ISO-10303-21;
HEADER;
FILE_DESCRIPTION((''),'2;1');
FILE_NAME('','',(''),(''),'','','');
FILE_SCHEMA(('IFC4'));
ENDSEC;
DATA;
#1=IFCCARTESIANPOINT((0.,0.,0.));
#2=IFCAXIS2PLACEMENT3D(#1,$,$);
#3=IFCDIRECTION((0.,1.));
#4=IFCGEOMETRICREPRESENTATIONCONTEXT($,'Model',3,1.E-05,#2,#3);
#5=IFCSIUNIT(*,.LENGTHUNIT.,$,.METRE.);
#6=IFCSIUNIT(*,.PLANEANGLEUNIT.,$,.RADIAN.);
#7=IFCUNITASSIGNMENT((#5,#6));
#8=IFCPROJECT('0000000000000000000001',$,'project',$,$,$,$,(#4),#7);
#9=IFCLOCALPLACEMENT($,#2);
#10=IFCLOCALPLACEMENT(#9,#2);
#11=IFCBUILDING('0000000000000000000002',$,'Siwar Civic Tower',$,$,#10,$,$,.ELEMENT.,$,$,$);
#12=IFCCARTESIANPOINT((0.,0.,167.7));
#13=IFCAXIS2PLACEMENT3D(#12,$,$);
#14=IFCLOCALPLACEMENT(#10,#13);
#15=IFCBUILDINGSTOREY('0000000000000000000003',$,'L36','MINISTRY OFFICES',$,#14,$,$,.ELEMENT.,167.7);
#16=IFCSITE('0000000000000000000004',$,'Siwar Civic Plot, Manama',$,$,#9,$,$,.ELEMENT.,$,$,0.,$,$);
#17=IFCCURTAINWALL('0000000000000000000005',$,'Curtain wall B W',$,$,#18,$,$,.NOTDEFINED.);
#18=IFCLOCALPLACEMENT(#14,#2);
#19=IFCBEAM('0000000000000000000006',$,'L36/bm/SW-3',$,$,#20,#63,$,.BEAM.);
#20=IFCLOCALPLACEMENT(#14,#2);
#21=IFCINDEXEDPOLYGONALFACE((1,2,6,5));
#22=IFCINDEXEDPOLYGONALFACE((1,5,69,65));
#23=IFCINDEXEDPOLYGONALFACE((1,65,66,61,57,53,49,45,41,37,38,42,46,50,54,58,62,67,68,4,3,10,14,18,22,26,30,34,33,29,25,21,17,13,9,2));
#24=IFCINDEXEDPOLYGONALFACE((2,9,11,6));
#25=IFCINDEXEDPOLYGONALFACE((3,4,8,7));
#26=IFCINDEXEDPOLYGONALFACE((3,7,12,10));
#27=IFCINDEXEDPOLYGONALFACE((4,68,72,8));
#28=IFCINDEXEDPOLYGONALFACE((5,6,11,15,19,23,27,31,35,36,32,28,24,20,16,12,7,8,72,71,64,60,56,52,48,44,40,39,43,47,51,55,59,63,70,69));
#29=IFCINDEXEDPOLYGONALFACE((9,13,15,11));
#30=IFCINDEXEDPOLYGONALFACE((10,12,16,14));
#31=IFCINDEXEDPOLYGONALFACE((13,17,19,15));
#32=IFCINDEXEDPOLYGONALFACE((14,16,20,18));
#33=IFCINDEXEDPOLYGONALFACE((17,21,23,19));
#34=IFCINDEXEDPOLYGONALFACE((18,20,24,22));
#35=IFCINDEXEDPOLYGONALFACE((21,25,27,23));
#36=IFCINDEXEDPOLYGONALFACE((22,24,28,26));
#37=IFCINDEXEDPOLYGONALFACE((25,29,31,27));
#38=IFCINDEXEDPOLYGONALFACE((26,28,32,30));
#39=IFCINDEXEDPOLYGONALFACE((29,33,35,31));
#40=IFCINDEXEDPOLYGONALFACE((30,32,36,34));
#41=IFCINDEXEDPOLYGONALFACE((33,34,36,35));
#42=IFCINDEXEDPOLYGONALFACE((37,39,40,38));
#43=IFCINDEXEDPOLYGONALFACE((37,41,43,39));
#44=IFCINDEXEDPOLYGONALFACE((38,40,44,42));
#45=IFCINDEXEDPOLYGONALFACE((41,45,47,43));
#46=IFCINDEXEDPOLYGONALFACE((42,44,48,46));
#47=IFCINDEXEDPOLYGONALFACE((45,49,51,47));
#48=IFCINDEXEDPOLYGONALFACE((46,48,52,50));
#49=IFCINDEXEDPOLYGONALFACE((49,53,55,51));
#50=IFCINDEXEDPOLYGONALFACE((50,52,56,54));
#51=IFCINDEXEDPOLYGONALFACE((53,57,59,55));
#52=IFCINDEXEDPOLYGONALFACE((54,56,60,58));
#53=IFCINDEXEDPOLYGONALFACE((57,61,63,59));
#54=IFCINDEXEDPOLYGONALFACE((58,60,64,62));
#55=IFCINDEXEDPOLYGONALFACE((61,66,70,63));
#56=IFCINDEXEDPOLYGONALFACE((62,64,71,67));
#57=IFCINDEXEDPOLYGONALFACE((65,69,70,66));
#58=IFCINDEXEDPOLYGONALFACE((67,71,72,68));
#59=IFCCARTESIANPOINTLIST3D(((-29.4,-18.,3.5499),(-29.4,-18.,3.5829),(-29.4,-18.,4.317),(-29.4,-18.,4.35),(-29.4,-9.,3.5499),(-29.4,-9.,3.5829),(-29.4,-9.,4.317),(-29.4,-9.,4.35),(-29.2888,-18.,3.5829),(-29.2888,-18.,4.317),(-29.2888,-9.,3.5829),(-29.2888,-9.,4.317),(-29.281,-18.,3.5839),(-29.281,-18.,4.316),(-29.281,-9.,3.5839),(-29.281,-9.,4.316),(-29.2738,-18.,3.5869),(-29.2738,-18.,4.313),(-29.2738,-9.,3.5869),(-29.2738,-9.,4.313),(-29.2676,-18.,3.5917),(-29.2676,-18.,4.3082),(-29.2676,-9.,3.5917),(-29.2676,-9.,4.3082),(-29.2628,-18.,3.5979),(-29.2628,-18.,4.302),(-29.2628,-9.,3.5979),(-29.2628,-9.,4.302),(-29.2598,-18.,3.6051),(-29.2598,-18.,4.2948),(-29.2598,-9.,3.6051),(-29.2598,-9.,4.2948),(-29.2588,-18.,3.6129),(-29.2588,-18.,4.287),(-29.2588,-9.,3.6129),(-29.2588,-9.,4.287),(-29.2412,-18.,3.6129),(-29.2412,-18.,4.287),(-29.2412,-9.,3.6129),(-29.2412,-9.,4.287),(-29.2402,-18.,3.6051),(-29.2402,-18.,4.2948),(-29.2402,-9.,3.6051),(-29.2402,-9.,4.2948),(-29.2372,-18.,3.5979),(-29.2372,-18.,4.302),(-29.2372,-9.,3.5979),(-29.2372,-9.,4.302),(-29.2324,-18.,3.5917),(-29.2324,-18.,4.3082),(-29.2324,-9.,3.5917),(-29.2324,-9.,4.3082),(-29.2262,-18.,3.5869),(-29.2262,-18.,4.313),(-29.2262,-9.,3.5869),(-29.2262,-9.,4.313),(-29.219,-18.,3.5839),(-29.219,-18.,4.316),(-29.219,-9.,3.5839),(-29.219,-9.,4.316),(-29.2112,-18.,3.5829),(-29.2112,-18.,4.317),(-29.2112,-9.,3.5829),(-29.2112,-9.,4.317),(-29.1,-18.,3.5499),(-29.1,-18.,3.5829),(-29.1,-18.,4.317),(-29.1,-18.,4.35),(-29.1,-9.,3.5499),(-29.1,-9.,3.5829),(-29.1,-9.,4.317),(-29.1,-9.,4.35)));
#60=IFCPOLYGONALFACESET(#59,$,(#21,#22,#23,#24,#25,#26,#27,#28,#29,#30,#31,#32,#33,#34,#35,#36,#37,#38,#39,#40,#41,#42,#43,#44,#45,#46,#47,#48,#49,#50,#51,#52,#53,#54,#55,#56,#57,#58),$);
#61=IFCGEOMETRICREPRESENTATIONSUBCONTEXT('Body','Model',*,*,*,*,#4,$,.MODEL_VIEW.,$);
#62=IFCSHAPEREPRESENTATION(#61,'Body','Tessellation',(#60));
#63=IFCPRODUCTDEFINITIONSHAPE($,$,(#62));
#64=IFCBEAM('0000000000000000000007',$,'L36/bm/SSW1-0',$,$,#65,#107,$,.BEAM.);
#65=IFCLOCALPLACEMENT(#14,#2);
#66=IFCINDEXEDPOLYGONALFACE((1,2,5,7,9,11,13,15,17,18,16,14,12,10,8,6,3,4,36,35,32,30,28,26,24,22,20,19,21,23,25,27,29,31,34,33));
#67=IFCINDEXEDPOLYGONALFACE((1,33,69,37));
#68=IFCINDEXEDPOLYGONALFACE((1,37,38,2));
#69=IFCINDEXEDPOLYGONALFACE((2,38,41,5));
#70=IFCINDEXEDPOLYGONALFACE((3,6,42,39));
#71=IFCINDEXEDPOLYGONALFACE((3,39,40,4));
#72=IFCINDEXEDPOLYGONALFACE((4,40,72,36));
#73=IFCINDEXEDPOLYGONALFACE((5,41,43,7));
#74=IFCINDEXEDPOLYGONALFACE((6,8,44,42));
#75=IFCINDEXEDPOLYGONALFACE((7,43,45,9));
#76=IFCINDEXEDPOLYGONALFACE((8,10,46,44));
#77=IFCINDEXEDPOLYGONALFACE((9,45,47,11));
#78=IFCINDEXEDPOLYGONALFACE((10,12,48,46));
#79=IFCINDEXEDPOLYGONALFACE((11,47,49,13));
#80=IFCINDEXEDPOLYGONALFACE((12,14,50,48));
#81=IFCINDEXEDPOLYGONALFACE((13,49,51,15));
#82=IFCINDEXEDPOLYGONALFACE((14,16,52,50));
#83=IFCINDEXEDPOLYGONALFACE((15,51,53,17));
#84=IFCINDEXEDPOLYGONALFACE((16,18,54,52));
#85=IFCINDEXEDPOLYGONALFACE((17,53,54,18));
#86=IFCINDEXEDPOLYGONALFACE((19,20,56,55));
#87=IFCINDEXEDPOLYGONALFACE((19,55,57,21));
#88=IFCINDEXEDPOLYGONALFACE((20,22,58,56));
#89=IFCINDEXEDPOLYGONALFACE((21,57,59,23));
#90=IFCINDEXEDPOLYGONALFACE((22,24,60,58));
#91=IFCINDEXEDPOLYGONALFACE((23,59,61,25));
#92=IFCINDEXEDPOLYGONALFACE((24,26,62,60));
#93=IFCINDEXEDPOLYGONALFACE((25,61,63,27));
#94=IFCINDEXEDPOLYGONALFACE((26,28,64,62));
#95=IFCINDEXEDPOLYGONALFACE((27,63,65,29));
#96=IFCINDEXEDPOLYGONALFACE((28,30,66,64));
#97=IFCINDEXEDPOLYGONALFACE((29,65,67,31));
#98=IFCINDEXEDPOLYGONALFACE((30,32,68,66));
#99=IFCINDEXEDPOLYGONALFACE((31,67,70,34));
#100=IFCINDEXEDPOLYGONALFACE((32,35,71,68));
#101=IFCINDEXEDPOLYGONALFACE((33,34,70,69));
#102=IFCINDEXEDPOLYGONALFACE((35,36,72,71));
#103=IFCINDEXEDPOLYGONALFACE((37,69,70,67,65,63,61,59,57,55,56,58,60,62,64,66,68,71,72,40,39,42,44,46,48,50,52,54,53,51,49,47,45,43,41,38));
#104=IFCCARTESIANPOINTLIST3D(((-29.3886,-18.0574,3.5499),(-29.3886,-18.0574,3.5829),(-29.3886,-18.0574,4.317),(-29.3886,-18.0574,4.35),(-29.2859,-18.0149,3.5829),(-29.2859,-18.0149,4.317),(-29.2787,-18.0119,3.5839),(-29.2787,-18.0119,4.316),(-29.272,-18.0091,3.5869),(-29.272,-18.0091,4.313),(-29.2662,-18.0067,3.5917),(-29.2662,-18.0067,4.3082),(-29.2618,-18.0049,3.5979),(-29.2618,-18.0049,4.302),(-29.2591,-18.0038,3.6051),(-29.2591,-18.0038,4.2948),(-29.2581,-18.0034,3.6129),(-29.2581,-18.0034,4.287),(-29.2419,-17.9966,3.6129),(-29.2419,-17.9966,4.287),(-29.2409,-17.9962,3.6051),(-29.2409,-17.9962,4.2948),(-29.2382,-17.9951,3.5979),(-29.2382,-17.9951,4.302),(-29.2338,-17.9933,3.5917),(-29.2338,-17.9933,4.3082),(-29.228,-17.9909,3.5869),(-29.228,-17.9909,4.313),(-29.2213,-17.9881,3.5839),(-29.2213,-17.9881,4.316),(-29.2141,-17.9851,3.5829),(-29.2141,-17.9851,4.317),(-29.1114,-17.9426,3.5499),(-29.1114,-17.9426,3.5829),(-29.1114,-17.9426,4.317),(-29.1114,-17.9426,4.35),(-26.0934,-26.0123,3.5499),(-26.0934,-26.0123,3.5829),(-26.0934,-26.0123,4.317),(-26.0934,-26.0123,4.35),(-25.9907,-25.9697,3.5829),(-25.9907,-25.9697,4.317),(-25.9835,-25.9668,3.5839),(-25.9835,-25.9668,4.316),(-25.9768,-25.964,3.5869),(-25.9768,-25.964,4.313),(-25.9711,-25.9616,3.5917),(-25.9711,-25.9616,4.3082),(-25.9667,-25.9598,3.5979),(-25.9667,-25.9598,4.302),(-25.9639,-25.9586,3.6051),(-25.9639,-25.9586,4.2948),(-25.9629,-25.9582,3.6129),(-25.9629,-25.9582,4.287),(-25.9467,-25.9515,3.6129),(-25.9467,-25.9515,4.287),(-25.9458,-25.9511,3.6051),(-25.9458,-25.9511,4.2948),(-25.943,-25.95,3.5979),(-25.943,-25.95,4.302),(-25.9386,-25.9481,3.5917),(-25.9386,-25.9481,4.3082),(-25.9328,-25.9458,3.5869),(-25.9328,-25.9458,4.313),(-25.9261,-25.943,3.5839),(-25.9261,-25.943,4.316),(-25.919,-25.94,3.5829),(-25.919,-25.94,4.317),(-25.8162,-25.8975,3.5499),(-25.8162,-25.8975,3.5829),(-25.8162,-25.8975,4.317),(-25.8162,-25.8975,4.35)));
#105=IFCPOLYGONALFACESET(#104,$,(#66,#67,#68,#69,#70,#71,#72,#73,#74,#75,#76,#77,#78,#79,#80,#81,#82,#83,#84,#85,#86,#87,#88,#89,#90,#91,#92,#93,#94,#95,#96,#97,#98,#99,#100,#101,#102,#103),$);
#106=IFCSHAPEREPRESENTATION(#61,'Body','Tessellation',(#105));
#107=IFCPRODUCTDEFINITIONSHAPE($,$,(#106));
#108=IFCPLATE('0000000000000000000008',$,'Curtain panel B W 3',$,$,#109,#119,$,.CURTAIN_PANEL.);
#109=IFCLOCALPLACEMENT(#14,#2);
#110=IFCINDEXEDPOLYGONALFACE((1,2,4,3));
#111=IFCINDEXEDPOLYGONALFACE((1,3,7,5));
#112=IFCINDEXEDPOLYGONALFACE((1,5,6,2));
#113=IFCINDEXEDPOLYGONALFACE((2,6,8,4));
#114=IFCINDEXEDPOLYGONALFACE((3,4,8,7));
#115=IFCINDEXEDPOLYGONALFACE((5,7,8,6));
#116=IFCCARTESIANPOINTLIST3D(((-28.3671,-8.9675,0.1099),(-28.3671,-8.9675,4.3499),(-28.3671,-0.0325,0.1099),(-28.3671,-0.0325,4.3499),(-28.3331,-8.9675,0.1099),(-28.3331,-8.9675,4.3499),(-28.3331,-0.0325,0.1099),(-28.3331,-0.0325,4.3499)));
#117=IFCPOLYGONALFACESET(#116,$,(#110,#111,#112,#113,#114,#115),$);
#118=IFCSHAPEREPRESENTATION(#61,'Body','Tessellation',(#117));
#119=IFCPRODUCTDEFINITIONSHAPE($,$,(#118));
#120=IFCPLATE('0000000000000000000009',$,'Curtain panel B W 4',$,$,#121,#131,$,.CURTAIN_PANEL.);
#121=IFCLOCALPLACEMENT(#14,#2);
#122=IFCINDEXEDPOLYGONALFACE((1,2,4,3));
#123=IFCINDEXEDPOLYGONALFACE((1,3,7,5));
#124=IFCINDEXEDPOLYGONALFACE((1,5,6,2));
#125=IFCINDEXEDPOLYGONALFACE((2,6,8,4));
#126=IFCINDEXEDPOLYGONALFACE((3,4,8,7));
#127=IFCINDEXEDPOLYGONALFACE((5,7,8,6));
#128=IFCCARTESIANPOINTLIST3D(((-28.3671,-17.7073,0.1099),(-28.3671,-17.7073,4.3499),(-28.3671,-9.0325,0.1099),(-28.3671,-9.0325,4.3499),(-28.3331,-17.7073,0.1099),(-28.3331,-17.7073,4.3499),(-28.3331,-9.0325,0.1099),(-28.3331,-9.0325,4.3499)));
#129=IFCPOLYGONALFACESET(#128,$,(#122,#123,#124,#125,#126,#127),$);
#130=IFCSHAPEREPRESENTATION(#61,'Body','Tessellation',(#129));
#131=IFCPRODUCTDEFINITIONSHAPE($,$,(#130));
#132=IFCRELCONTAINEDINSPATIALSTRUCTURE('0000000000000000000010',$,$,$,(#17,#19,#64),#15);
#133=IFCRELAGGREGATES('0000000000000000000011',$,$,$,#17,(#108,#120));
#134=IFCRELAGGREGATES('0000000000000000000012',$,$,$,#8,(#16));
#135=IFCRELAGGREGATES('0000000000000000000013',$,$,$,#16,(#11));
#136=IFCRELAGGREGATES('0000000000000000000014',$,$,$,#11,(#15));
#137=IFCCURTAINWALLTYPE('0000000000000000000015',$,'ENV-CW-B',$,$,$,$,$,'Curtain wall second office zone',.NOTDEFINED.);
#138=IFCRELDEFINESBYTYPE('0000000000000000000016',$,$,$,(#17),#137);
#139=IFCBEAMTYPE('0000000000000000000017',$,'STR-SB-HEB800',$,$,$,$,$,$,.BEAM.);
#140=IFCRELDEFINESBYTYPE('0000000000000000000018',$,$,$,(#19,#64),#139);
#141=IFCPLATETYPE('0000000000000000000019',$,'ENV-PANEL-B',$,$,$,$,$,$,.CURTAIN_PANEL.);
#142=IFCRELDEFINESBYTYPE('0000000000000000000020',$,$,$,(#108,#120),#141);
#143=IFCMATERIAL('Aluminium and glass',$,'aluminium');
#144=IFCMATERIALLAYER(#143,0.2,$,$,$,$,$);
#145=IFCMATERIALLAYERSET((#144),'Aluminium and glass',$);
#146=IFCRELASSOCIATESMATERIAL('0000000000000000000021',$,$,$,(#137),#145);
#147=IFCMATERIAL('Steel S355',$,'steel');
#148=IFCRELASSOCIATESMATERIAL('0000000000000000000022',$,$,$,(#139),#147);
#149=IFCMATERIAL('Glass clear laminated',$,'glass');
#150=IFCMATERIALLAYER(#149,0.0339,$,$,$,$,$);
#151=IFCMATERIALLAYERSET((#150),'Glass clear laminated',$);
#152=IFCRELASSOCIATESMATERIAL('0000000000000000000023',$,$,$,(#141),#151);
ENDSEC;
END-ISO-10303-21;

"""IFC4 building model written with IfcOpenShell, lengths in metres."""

from ifc_helpers import new_model, si_unit, direction, frame, origin, origin_2d, place, context, subcontext, project, spatial, rectangle, i_section, extrude, material, layer, layer_set, material_profile, profile_set, type_object, element, aggregate, save


model = new_model("IFC4")

# Units and contexts
model_context = context("Model", 3, precision=1e-05, world=origin(), true_north=direction((0.0, 1.0)))
body_context = subcontext(model_context, "Body", "Model", "MODEL_VIEW")
ifc_project = project(units=[si_unit("LENGTHUNIT", "METRE"), si_unit("PLANEANGLEUNIT", "RADIAN")], contexts=[model_context])

# Site, building, storey
site_placement = place(None, origin())
site = spatial("IfcSite", under=ifc_project, at=site_placement, Name="Siwar Civic Plot, Manama", CompositionType="ELEMENT", RefElevation=0.0)
building_placement = place(site_placement, origin())
building = spatial("IfcBuilding", under=site, at=building_placement, Name="Siwar Civic Tower", CompositionType="ELEMENT")
storey_placement = place(building_placement, frame((0.0, 0.0, 167.7)))
storey = spatial("IfcBuildingStorey", under=building, at=storey_placement, Name="L36", Description="MINISTRY OFFICES", CompositionType="ELEMENT", Elevation=167.7)

# Curtain wall
ifc_material_1 = material(Name="Aluminium and glass", Category="aluminium")
ifc_layer_1 = layer(ifc_material_1, 0.2)
ifc_layer_set_1 = layer_set([ifc_layer_1], Name="Aluminium and glass")
curtain_wall_type_1 = type_object("IfcCurtainWallType", Name="ENV-CW-B", ElementType="Curtain wall second office zone", PredefinedType="NOTDEFINED", material=ifc_layer_set_1)
curtain_wall_1_placement = place(storey_placement, origin())
curtain_wall_1 = element("IfcCurtainWall", 1, at=curtain_wall_1_placement, inside=storey, type_object=curtain_wall_type_1, Name="Curtain wall B W", PredefinedType="NOTDEFINED")

# Beams
ifc_material_2 = material(Name="Steel S355", Category="steel")
ifc_material_profile_1 = material_profile(ifc_material_2, i_section(OverallWidth=0.3, OverallDepth=0.8, WebThickness=0.0176, FlangeThickness=0.033, FilletRadius=0.03, at=origin_2d()), Name="HEB800")
ifc_profile_set_1 = profile_set([ifc_material_profile_1], Name="Steel S355")
beam_type_1 = type_object("IfcBeamType", Name="STR-SB-HEB800", PredefinedType="BEAM", material=ifc_profile_set_1)
for number, where, z_axis, x_axis, name in (
    (2, (-29.25, -9.0, 3.95), (0.0, -1.0, 0.0), (1.0, 0.0, 0.0), "L36/bm/SW-3"),
):
    element("IfcBeam", number, at=place(storey_placement, frame(where, z_axis=z_axis, x_axis=x_axis)), inside=storey, type_object=beam_type_1, Name=name, PredefinedType="BEAM", context=body_context, shape_type="SweptSolid", body=[
        extrude(i_section(OverallWidth=0.3, OverallDepth=0.8, WebThickness=0.0176, FlangeThickness=0.033, FilletRadius=0.03, at=origin_2d()), origin(), (0.0, 0.0, 1.0), 9.0),
    ])
beam_1_placement = place(storey_placement, frame((-29.25, -18.0, 3.95), z_axis=(0.3827, -0.923873, 0.0), x_axis=(0.923873, 0.3827, 0.0)))
element("IfcBeam", 3, at=beam_1_placement, inside=storey, type_object=beam_type_1, Name="L36/bm/SSW1-0", PredefinedType="BEAM", context=body_context, shape_type="SweptSolid", body=[
    extrude(i_section(OverallWidth=0.3, OverallDepth=0.8, WebThickness=0.0176, FlangeThickness=0.033, FilletRadius=0.03, at=origin_2d()), origin(), (0.0, 0.0, 1.0), 8.6104),
])

# Plates
ifc_material_3 = material(Name="Glass clear laminated", Category="glass")
ifc_layer_2 = layer(ifc_material_3, 0.0339)
ifc_layer_set_2 = layer_set([ifc_layer_2], Name="Glass clear laminated")
plate_type = type_object("IfcPlateType", Name="ENV-PANEL-B", PredefinedType="CURTAIN_PANEL", material=ifc_layer_set_2)
plate_1_placement = place(storey_placement, frame((-28.3501, -4.5, 0.1099), z_axis=(0.0, 0.0, 1.0), x_axis=(0.0, -1.0, 0.0)))
plate_1 = element("IfcPlate", 4, at=plate_1_placement, type_object=plate_type, Name="Curtain panel B W 3", PredefinedType="CURTAIN_PANEL", context=body_context, shape_type="SweptSolid", body=[
    extrude(rectangle(XDim=8.9351, YDim=0.0339, at=origin_2d()), origin(), (0.0, 0.0, 1.0), 4.24),
])
plate_2_placement = place(storey_placement, frame((-28.3501, -13.3699, 0.1099), z_axis=(0.0, 0.0, 1.0), x_axis=(0.0, -1.0, 0.0)))
plate_2 = element("IfcPlate", 5, at=plate_2_placement, type_object=plate_type, Name="Curtain panel B W 4", PredefinedType="CURTAIN_PANEL", context=body_context, shape_type="SweptSolid", body=[
    extrude(rectangle(XDim=8.6748, YDim=0.0339, at=origin_2d()), origin(), (0.0, 0.0, 1.0), 4.24),
])
aggregate(curtain_wall_1, [plate_1, plate_2])

save(model, "model.ifc")
